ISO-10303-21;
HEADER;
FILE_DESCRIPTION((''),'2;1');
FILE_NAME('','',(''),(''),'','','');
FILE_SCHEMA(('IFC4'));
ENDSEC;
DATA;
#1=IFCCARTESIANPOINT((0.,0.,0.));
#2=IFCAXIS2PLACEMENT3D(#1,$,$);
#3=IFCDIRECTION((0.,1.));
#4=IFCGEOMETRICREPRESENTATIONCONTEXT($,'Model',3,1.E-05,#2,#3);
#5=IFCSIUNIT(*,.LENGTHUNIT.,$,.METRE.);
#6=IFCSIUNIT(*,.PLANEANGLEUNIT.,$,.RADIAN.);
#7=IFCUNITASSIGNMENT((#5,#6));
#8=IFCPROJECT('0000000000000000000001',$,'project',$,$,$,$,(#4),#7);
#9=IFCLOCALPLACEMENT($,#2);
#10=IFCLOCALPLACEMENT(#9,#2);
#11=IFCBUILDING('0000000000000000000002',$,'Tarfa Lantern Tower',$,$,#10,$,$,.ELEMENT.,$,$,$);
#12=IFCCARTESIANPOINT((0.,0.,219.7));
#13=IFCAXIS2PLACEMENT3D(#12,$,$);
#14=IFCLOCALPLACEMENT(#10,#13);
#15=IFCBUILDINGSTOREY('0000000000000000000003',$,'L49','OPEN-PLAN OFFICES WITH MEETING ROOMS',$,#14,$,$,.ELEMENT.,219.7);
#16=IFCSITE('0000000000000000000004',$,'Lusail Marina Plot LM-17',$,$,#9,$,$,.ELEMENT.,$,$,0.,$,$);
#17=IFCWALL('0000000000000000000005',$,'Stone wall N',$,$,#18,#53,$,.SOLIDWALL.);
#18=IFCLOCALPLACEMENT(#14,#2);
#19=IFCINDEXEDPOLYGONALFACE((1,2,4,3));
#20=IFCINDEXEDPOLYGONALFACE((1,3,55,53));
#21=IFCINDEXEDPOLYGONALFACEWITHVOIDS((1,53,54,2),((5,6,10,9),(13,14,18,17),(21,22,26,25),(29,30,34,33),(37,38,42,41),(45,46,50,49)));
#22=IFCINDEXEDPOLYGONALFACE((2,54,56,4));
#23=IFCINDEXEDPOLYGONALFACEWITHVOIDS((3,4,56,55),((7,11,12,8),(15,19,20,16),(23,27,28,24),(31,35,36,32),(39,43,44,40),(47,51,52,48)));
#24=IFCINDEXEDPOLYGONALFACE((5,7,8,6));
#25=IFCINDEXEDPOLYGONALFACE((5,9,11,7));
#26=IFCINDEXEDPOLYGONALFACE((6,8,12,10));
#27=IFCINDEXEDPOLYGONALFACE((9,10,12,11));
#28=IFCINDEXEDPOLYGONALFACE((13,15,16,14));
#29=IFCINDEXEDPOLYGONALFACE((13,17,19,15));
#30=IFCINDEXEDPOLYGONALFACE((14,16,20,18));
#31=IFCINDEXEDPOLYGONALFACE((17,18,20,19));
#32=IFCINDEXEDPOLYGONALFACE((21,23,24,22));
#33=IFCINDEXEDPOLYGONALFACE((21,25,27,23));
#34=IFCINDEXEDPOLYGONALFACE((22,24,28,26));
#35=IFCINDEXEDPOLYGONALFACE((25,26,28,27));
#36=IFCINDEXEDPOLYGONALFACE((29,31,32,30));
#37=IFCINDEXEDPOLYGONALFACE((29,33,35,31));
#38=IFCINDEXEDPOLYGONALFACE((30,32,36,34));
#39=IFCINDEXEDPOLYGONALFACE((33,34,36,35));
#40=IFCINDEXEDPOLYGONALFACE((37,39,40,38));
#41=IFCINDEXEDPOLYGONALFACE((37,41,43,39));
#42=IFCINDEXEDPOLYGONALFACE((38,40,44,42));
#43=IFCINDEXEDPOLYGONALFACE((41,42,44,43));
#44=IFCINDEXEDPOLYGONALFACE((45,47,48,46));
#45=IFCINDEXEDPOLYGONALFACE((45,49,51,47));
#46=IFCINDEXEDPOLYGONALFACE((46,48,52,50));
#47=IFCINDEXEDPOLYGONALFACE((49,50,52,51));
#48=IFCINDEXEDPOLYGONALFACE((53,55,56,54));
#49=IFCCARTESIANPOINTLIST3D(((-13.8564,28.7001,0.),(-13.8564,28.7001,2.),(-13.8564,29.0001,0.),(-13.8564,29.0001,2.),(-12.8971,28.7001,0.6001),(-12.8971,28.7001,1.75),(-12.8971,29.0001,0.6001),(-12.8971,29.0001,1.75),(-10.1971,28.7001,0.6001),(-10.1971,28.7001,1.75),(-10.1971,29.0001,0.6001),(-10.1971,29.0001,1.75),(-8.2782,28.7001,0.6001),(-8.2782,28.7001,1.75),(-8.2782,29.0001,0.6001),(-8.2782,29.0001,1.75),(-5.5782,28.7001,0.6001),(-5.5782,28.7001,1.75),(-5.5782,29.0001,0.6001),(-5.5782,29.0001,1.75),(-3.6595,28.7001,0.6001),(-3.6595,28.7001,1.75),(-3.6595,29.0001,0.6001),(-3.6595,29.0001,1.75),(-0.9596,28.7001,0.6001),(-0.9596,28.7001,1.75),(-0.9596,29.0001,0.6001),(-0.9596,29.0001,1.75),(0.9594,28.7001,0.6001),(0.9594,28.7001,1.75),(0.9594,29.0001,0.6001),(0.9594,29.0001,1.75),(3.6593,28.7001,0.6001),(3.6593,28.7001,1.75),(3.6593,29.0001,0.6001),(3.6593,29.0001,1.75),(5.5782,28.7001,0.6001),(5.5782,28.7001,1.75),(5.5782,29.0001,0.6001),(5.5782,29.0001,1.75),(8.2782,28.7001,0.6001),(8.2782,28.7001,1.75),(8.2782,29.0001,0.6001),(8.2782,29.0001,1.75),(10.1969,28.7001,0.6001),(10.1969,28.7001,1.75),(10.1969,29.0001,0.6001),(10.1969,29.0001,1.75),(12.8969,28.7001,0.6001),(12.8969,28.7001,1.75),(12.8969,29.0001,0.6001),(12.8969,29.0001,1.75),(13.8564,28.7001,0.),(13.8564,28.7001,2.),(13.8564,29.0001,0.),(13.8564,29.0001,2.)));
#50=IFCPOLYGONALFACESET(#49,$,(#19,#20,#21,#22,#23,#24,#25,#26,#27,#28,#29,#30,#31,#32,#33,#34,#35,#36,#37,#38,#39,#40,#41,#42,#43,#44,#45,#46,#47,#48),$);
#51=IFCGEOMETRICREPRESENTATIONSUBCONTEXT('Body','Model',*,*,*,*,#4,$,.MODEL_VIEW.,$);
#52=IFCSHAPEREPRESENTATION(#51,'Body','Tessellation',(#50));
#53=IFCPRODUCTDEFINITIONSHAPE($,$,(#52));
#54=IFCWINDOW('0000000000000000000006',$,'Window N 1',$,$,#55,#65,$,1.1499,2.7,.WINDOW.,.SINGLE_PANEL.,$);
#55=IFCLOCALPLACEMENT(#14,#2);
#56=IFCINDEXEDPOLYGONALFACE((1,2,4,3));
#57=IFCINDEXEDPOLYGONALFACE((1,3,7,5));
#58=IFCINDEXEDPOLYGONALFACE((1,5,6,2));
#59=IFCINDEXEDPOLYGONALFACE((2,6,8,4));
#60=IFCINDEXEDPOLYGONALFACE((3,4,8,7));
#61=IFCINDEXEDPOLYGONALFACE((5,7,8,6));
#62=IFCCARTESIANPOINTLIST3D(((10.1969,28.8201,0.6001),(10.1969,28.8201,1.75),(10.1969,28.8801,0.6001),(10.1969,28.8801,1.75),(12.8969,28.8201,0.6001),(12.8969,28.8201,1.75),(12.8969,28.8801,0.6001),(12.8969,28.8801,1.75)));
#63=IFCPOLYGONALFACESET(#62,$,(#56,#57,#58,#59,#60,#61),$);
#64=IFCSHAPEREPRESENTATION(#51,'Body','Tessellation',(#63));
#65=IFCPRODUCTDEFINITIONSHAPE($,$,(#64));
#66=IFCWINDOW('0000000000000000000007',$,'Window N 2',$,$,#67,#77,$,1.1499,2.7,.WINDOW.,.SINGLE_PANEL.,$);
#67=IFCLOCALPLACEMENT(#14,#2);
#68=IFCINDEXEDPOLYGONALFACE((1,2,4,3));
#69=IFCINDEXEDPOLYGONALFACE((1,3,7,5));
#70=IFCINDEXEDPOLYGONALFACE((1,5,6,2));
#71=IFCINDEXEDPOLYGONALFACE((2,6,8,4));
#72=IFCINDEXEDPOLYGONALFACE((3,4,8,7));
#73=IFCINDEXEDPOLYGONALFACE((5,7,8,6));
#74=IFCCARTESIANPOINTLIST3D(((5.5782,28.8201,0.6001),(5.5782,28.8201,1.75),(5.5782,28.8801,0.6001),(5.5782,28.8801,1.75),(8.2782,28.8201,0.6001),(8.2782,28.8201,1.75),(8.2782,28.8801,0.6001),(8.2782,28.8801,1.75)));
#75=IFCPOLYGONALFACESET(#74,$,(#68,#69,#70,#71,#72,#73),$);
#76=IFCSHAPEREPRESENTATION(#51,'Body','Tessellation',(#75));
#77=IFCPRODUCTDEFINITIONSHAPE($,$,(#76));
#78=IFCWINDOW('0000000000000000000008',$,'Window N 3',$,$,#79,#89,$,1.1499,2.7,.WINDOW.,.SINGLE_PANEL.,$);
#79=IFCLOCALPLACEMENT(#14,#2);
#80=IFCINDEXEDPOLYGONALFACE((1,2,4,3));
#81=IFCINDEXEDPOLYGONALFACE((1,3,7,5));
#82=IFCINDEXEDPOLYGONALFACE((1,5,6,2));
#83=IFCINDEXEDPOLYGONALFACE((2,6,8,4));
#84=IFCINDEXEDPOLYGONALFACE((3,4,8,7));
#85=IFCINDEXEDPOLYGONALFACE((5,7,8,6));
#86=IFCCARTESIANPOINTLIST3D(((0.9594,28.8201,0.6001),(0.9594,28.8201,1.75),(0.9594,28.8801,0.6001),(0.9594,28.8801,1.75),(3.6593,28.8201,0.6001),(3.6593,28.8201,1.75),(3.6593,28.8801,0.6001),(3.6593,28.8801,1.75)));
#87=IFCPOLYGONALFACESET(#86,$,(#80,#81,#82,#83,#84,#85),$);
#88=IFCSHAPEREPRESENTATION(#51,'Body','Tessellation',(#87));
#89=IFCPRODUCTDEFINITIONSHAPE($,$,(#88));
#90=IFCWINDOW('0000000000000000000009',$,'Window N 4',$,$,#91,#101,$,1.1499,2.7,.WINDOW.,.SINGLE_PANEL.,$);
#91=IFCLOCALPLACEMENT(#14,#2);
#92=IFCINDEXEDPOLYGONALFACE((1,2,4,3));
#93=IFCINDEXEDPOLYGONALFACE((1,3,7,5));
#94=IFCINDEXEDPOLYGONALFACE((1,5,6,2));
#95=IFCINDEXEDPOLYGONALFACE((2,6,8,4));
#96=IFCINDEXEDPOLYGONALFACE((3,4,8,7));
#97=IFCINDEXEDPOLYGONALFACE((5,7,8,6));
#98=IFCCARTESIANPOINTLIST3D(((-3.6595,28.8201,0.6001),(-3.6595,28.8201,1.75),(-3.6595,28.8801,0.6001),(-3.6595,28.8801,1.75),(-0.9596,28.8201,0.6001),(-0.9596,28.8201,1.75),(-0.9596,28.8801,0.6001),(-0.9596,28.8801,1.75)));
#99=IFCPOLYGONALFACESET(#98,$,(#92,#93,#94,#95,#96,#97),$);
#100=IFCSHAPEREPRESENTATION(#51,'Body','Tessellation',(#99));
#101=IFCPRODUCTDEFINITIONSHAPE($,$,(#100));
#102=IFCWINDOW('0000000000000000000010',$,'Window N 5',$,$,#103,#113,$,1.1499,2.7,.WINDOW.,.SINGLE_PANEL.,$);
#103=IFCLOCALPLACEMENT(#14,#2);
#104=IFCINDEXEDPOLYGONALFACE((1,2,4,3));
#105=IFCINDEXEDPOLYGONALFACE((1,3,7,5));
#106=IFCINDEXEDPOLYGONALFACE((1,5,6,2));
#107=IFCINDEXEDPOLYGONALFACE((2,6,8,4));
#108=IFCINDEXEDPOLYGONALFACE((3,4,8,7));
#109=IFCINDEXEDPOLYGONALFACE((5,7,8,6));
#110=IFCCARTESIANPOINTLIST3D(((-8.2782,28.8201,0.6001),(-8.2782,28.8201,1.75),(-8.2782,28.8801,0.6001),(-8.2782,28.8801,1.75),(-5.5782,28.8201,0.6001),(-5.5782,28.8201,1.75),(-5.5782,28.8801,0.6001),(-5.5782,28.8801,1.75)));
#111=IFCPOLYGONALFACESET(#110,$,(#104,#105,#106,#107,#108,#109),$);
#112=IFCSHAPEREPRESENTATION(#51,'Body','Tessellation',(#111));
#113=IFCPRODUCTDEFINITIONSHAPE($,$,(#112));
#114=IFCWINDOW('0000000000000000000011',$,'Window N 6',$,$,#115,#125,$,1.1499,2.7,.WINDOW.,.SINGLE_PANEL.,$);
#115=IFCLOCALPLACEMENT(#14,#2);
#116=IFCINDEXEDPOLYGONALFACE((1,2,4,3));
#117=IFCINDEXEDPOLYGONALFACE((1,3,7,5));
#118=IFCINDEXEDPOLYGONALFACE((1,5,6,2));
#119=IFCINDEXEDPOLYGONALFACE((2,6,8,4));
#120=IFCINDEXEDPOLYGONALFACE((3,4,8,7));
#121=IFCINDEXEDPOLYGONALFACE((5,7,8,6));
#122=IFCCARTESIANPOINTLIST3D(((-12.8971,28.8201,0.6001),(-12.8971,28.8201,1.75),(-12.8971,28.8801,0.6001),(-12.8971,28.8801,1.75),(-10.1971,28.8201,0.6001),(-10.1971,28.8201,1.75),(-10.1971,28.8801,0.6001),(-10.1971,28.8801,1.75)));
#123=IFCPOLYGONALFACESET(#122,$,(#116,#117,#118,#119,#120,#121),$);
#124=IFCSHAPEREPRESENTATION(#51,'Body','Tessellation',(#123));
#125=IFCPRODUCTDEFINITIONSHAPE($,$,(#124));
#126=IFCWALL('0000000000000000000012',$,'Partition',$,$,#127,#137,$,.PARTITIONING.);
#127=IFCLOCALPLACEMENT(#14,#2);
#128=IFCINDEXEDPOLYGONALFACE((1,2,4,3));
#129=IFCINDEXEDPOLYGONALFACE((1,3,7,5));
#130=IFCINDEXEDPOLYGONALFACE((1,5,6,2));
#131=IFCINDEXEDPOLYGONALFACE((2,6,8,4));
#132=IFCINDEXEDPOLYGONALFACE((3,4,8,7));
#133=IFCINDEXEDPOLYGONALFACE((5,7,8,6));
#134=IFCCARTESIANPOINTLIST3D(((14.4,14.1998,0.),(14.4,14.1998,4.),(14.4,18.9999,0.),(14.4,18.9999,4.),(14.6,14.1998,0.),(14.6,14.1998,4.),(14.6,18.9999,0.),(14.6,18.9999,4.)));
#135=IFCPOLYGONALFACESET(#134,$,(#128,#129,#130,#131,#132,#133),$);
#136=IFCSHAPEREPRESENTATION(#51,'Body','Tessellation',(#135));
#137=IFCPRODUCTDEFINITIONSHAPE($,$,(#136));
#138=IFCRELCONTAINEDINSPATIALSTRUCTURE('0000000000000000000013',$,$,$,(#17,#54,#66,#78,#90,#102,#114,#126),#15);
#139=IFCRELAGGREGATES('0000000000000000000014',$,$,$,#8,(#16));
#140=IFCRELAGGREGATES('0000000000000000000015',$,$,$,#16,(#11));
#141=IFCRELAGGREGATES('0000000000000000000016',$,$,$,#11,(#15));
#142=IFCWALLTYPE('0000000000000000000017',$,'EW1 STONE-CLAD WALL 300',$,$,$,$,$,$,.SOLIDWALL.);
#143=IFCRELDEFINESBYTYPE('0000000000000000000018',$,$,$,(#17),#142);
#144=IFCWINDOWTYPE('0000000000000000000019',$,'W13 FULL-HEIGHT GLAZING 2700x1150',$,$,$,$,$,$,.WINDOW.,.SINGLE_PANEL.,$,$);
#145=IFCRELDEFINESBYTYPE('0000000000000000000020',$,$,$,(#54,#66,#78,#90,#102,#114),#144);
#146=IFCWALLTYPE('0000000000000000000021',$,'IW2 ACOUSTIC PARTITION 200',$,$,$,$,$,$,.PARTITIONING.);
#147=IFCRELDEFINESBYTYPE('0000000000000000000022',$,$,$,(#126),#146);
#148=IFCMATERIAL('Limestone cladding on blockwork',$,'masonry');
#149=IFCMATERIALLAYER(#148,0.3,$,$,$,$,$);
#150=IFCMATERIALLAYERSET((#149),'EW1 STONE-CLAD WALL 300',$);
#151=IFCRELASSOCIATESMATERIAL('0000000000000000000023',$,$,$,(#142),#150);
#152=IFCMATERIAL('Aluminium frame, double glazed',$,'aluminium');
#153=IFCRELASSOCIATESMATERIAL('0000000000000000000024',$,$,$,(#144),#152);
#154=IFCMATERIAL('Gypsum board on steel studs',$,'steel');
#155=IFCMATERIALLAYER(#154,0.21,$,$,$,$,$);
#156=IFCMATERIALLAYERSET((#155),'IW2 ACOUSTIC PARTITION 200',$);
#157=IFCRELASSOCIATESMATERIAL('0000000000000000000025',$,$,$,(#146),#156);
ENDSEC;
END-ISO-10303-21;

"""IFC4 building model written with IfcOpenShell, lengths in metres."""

from ifc_helpers import new_model, si_unit, direction, frame, frame_2d, origin, place, context, subcontext, project, spatial, rectangle, extrude, material, layer, layer_set, type_object, element, fill, save


model = new_model("IFC4")

# Units and contexts
model_context = context("Model", 3, precision=1e-05, world=origin(), true_north=direction((0.0, 1.0)))
body_context = subcontext(model_context, "Body", "Model", "MODEL_VIEW")
ifc_project = project(units=[si_unit("LENGTHUNIT", "METRE"), si_unit("PLANEANGLEUNIT", "RADIAN")], contexts=[model_context])

# Site, building, storey
site_placement = place(None, origin())
site = spatial("IfcSite", under=ifc_project, at=site_placement, Name="Lusail Marina Plot LM-17", CompositionType="ELEMENT", RefElevation=0.0)
building_placement = place(site_placement, origin())
building = spatial("IfcBuilding", under=site, at=building_placement, Name="Tarfa Lantern Tower", CompositionType="ELEMENT")
storey_placement = place(building_placement, frame((0.0, 0.0, 219.7)))
storey = spatial("IfcBuildingStorey", under=building, at=storey_placement, Name="L49", Description="OPEN-PLAN OFFICES WITH MEETING ROOMS", CompositionType="ELEMENT", Elevation=219.7)

# Wall, openings, windows
ifc_material_1 = material(Name="Limestone cladding on blockwork", Category="masonry")
ifc_layer_1 = layer(ifc_material_1, 0.3)
ifc_layer_set_1 = layer_set([ifc_layer_1], Name="EW1 STONE-CLAD WALL 300")
wall_type_1 = type_object("IfcWallType", Name="EW1 STONE-CLAD WALL 300", PredefinedType="SOLIDWALL", material=ifc_layer_set_1)
wall_1_placement = place(storey_placement, frame((13.8564, 28.8501, 0.0), z_axis=(0.0, 0.0, 1.0), x_axis=(-1.0, 0.0, 0.0)))
wall_1 = element("IfcWall", 1, at=wall_1_placement, inside=storey, type_object=wall_type_1, Name="Stone wall N", PredefinedType="SOLIDWALL", context=body_context, shape_type="SweptSolid", body=[
    extrude(rectangle(XDim=27.7129, YDim=0.3, at=frame_2d((13.8564, 0.0))), origin(), (0.0, 0.0, 1.0), 2.0),
])
opening_1_placement = place(wall_1_placement, frame((0.9595, 0.0, 0.6001)))
opening_1 = element("IfcOpeningElement", 2, at=opening_1_placement, cuts=wall_1, PredefinedType="OPENING", context=body_context, shape_type="SweptSolid", body=[
    extrude(rectangle(XDim=2.7, YDim=1.1499, at=frame_2d((1.3501, 0.575))), frame((0.0, 0.1599, 0.0), z_axis=(0.0, -1.0, 0.0), x_axis=(1.0, 0.0, 0.0)), (0.0, 0.0, 1.0), 0.3201),
])
opening_2_placement = place(wall_1_placement, frame((5.5781, 0.0, 0.6001)))
opening_2 = element("IfcOpeningElement", 3, at=opening_2_placement, cuts=wall_1, PredefinedType="OPENING", context=body_context, shape_type="SweptSolid", body=[
    extrude(rectangle(XDim=2.7, YDim=1.1499, at=frame_2d((1.3501, 0.575))), frame((0.0, 0.1599, 0.0), z_axis=(0.0, -1.0, 0.0), x_axis=(1.0, 0.0, 0.0)), (0.0, 0.0, 1.0), 0.3201),
])
opening_3_placement = place(wall_1_placement, frame((10.197, 0.0, 0.6001)))
opening_3 = element("IfcOpeningElement", 4, at=opening_3_placement, cuts=wall_1, PredefinedType="OPENING", context=body_context, shape_type="SweptSolid", body=[
    extrude(rectangle(XDim=2.7, YDim=1.1499, at=frame_2d((1.3501, 0.575))), frame((0.0, 0.1599, 0.0), z_axis=(0.0, -1.0, 0.0), x_axis=(1.0, 0.0, 0.0)), (0.0, 0.0, 1.0), 0.3201),
])
opening_4_placement = place(wall_1_placement, frame((14.8159, 0.0, 0.6001)))
opening_4 = element("IfcOpeningElement", 5, at=opening_4_placement, cuts=wall_1, PredefinedType="OPENING", context=body_context, shape_type="SweptSolid", body=[
    extrude(rectangle(XDim=2.7, YDim=1.1499, at=frame_2d((1.3501, 0.575))), frame((0.0, 0.1599, 0.0), z_axis=(0.0, -1.0, 0.0), x_axis=(1.0, 0.0, 0.0)), (0.0, 0.0, 1.0), 0.3201),
])
opening_5_placement = place(wall_1_placement, frame((19.4346, 0.0, 0.6001)))
opening_5 = element("IfcOpeningElement", 6, at=opening_5_placement, cuts=wall_1, PredefinedType="OPENING", context=body_context, shape_type="SweptSolid", body=[
    extrude(rectangle(XDim=2.7, YDim=1.1499, at=frame_2d((1.3501, 0.575))), frame((0.0, 0.1599, 0.0), z_axis=(0.0, -1.0, 0.0), x_axis=(1.0, 0.0, 0.0)), (0.0, 0.0, 1.0), 0.3201),
])
opening_6_placement = place(wall_1_placement, frame((24.0535, 0.0, 0.6001)))
opening_6 = element("IfcOpeningElement", 7, at=opening_6_placement, cuts=wall_1, PredefinedType="OPENING", context=body_context, shape_type="SweptSolid", body=[
    extrude(rectangle(XDim=2.7, YDim=1.1499, at=frame_2d((1.3501, 0.575))), frame((0.0, 0.1599, 0.0), z_axis=(0.0, -1.0, 0.0), x_axis=(1.0, 0.0, 0.0)), (0.0, 0.0, 1.0), 0.3201),
])
ifc_material_2 = material(Name="Aluminium frame, double glazed", Category="aluminium")
window_type = type_object("IfcWindowType", Name="W13 FULL-HEIGHT GLAZING 2700x1150", PartitioningType="SINGLE_PANEL", PredefinedType="WINDOW", material=ifc_material_2)
window_1_placement = place(opening_1_placement, origin())
window_1 = element("IfcWindow", 8, at=window_1_placement, inside=storey, type_object=window_type, Name="Window N 1", OverallHeight=1.1499, OverallWidth=2.7, PartitioningType="SINGLE_PANEL", PredefinedType="WINDOW", context=body_context, shape_type="SweptSolid", body=[
    extrude(rectangle(XDim=2.7, YDim=1.1499, at=frame_2d((1.3501, 0.575))), frame((0.0, 0.03, 0.0), z_axis=(0.0, -1.0, 0.0), x_axis=(1.0, 0.0, 0.0)), (0.0, 0.0, 1.0), 0.0601),
])
fill(opening_1, window_1)
window_2_placement = place(opening_2_placement, origin())
window_2 = element("IfcWindow", 9, at=window_2_placement, inside=storey, type_object=window_type, Name="Window N 2", OverallHeight=1.1499, OverallWidth=2.7, PartitioningType="SINGLE_PANEL", PredefinedType="WINDOW", context=body_context, shape_type="SweptSolid", body=[
    extrude(rectangle(XDim=2.7, YDim=1.1499, at=frame_2d((1.3501, 0.575))), frame((0.0, 0.03, 0.0), z_axis=(0.0, -1.0, 0.0), x_axis=(1.0, 0.0, 0.0)), (0.0, 0.0, 1.0), 0.0601),
])
fill(opening_2, window_2)
window_3_placement = place(opening_3_placement, origin())
window_3 = element("IfcWindow", 10, at=window_3_placement, inside=storey, type_object=window_type, Name="Window N 3", OverallHeight=1.1499, OverallWidth=2.7, PartitioningType="SINGLE_PANEL", PredefinedType="WINDOW", context=body_context, shape_type="SweptSolid", body=[
    extrude(rectangle(XDim=2.7, YDim=1.1499, at=frame_2d((1.3501, 0.575))), frame((0.0, 0.03, 0.0), z_axis=(0.0, -1.0, 0.0), x_axis=(1.0, 0.0, 0.0)), (0.0, 0.0, 1.0), 0.0601),
])
fill(opening_3, window_3)
window_4_placement = place(opening_4_placement, origin())
window_4 = element("IfcWindow", 11, at=window_4_placement, inside=storey, type_object=window_type, Name="Window N 4", OverallHeight=1.1499, OverallWidth=2.7, PartitioningType="SINGLE_PANEL", PredefinedType="WINDOW", context=body_context, shape_type="SweptSolid", body=[
    extrude(rectangle(XDim=2.7, YDim=1.1499, at=frame_2d((1.3501, 0.575))), frame((0.0, 0.03, 0.0), z_axis=(0.0, -1.0, 0.0), x_axis=(1.0, 0.0, 0.0)), (0.0, 0.0, 1.0), 0.0601),
])
fill(opening_4, window_4)
window_5_placement = place(opening_5_placement, origin())
window_5 = element("IfcWindow", 12, at=window_5_placement, inside=storey, type_object=window_type, Name="Window N 5", OverallHeight=1.1499, OverallWidth=2.7, PartitioningType="SINGLE_PANEL", PredefinedType="WINDOW", context=body_context, shape_type="SweptSolid", body=[
    extrude(rectangle(XDim=2.7, YDim=1.1499, at=frame_2d((1.3501, 0.575))), frame((0.0, 0.03, 0.0), z_axis=(0.0, -1.0, 0.0), x_axis=(1.0, 0.0, 0.0)), (0.0, 0.0, 1.0), 0.0601),
])
fill(opening_5, window_5)
window_6_placement = place(opening_6_placement, origin())
window_6 = element("IfcWindow", 13, at=window_6_placement, inside=storey, type_object=window_type, Name="Window N 6", OverallHeight=1.1499, OverallWidth=2.7, PartitioningType="SINGLE_PANEL", PredefinedType="WINDOW", context=body_context, shape_type="SweptSolid", body=[
    extrude(rectangle(XDim=2.7, YDim=1.1499, at=frame_2d((1.3501, 0.575))), frame((0.0, 0.03, 0.0), z_axis=(0.0, -1.0, 0.0), x_axis=(1.0, 0.0, 0.0)), (0.0, 0.0, 1.0), 0.0601),
])
fill(opening_6, window_6)

# Wall
ifc_material_3 = material(Name="Gypsum board on steel studs", Category="steel")
ifc_layer_2 = layer(ifc_material_3, 0.21)
ifc_layer_set_2 = layer_set([ifc_layer_2], Name="IW2 ACOUSTIC PARTITION 200")
wall_type_2 = type_object("IfcWallType", Name="IW2 ACOUSTIC PARTITION 200", PredefinedType="PARTITIONING", material=ifc_layer_set_2)
wall_2_placement = place(storey_placement, frame((14.5, 14.2, 0.0), z_axis=(0.0, 0.0, 1.0), x_axis=(0.0, 1.0, 0.0)))
element("IfcWall", 14, at=wall_2_placement, inside=storey, type_object=wall_type_2, Name="Partition", PredefinedType="PARTITIONING", context=body_context, shape_type="SweptSolid", body=[
    extrude(rectangle(XDim=4.8, YDim=0.2, at=frame_2d((2.3999, 0.0))), origin(), (0.0, 0.0, 1.0), 4.0),
])

save(model, "model.ifc")
